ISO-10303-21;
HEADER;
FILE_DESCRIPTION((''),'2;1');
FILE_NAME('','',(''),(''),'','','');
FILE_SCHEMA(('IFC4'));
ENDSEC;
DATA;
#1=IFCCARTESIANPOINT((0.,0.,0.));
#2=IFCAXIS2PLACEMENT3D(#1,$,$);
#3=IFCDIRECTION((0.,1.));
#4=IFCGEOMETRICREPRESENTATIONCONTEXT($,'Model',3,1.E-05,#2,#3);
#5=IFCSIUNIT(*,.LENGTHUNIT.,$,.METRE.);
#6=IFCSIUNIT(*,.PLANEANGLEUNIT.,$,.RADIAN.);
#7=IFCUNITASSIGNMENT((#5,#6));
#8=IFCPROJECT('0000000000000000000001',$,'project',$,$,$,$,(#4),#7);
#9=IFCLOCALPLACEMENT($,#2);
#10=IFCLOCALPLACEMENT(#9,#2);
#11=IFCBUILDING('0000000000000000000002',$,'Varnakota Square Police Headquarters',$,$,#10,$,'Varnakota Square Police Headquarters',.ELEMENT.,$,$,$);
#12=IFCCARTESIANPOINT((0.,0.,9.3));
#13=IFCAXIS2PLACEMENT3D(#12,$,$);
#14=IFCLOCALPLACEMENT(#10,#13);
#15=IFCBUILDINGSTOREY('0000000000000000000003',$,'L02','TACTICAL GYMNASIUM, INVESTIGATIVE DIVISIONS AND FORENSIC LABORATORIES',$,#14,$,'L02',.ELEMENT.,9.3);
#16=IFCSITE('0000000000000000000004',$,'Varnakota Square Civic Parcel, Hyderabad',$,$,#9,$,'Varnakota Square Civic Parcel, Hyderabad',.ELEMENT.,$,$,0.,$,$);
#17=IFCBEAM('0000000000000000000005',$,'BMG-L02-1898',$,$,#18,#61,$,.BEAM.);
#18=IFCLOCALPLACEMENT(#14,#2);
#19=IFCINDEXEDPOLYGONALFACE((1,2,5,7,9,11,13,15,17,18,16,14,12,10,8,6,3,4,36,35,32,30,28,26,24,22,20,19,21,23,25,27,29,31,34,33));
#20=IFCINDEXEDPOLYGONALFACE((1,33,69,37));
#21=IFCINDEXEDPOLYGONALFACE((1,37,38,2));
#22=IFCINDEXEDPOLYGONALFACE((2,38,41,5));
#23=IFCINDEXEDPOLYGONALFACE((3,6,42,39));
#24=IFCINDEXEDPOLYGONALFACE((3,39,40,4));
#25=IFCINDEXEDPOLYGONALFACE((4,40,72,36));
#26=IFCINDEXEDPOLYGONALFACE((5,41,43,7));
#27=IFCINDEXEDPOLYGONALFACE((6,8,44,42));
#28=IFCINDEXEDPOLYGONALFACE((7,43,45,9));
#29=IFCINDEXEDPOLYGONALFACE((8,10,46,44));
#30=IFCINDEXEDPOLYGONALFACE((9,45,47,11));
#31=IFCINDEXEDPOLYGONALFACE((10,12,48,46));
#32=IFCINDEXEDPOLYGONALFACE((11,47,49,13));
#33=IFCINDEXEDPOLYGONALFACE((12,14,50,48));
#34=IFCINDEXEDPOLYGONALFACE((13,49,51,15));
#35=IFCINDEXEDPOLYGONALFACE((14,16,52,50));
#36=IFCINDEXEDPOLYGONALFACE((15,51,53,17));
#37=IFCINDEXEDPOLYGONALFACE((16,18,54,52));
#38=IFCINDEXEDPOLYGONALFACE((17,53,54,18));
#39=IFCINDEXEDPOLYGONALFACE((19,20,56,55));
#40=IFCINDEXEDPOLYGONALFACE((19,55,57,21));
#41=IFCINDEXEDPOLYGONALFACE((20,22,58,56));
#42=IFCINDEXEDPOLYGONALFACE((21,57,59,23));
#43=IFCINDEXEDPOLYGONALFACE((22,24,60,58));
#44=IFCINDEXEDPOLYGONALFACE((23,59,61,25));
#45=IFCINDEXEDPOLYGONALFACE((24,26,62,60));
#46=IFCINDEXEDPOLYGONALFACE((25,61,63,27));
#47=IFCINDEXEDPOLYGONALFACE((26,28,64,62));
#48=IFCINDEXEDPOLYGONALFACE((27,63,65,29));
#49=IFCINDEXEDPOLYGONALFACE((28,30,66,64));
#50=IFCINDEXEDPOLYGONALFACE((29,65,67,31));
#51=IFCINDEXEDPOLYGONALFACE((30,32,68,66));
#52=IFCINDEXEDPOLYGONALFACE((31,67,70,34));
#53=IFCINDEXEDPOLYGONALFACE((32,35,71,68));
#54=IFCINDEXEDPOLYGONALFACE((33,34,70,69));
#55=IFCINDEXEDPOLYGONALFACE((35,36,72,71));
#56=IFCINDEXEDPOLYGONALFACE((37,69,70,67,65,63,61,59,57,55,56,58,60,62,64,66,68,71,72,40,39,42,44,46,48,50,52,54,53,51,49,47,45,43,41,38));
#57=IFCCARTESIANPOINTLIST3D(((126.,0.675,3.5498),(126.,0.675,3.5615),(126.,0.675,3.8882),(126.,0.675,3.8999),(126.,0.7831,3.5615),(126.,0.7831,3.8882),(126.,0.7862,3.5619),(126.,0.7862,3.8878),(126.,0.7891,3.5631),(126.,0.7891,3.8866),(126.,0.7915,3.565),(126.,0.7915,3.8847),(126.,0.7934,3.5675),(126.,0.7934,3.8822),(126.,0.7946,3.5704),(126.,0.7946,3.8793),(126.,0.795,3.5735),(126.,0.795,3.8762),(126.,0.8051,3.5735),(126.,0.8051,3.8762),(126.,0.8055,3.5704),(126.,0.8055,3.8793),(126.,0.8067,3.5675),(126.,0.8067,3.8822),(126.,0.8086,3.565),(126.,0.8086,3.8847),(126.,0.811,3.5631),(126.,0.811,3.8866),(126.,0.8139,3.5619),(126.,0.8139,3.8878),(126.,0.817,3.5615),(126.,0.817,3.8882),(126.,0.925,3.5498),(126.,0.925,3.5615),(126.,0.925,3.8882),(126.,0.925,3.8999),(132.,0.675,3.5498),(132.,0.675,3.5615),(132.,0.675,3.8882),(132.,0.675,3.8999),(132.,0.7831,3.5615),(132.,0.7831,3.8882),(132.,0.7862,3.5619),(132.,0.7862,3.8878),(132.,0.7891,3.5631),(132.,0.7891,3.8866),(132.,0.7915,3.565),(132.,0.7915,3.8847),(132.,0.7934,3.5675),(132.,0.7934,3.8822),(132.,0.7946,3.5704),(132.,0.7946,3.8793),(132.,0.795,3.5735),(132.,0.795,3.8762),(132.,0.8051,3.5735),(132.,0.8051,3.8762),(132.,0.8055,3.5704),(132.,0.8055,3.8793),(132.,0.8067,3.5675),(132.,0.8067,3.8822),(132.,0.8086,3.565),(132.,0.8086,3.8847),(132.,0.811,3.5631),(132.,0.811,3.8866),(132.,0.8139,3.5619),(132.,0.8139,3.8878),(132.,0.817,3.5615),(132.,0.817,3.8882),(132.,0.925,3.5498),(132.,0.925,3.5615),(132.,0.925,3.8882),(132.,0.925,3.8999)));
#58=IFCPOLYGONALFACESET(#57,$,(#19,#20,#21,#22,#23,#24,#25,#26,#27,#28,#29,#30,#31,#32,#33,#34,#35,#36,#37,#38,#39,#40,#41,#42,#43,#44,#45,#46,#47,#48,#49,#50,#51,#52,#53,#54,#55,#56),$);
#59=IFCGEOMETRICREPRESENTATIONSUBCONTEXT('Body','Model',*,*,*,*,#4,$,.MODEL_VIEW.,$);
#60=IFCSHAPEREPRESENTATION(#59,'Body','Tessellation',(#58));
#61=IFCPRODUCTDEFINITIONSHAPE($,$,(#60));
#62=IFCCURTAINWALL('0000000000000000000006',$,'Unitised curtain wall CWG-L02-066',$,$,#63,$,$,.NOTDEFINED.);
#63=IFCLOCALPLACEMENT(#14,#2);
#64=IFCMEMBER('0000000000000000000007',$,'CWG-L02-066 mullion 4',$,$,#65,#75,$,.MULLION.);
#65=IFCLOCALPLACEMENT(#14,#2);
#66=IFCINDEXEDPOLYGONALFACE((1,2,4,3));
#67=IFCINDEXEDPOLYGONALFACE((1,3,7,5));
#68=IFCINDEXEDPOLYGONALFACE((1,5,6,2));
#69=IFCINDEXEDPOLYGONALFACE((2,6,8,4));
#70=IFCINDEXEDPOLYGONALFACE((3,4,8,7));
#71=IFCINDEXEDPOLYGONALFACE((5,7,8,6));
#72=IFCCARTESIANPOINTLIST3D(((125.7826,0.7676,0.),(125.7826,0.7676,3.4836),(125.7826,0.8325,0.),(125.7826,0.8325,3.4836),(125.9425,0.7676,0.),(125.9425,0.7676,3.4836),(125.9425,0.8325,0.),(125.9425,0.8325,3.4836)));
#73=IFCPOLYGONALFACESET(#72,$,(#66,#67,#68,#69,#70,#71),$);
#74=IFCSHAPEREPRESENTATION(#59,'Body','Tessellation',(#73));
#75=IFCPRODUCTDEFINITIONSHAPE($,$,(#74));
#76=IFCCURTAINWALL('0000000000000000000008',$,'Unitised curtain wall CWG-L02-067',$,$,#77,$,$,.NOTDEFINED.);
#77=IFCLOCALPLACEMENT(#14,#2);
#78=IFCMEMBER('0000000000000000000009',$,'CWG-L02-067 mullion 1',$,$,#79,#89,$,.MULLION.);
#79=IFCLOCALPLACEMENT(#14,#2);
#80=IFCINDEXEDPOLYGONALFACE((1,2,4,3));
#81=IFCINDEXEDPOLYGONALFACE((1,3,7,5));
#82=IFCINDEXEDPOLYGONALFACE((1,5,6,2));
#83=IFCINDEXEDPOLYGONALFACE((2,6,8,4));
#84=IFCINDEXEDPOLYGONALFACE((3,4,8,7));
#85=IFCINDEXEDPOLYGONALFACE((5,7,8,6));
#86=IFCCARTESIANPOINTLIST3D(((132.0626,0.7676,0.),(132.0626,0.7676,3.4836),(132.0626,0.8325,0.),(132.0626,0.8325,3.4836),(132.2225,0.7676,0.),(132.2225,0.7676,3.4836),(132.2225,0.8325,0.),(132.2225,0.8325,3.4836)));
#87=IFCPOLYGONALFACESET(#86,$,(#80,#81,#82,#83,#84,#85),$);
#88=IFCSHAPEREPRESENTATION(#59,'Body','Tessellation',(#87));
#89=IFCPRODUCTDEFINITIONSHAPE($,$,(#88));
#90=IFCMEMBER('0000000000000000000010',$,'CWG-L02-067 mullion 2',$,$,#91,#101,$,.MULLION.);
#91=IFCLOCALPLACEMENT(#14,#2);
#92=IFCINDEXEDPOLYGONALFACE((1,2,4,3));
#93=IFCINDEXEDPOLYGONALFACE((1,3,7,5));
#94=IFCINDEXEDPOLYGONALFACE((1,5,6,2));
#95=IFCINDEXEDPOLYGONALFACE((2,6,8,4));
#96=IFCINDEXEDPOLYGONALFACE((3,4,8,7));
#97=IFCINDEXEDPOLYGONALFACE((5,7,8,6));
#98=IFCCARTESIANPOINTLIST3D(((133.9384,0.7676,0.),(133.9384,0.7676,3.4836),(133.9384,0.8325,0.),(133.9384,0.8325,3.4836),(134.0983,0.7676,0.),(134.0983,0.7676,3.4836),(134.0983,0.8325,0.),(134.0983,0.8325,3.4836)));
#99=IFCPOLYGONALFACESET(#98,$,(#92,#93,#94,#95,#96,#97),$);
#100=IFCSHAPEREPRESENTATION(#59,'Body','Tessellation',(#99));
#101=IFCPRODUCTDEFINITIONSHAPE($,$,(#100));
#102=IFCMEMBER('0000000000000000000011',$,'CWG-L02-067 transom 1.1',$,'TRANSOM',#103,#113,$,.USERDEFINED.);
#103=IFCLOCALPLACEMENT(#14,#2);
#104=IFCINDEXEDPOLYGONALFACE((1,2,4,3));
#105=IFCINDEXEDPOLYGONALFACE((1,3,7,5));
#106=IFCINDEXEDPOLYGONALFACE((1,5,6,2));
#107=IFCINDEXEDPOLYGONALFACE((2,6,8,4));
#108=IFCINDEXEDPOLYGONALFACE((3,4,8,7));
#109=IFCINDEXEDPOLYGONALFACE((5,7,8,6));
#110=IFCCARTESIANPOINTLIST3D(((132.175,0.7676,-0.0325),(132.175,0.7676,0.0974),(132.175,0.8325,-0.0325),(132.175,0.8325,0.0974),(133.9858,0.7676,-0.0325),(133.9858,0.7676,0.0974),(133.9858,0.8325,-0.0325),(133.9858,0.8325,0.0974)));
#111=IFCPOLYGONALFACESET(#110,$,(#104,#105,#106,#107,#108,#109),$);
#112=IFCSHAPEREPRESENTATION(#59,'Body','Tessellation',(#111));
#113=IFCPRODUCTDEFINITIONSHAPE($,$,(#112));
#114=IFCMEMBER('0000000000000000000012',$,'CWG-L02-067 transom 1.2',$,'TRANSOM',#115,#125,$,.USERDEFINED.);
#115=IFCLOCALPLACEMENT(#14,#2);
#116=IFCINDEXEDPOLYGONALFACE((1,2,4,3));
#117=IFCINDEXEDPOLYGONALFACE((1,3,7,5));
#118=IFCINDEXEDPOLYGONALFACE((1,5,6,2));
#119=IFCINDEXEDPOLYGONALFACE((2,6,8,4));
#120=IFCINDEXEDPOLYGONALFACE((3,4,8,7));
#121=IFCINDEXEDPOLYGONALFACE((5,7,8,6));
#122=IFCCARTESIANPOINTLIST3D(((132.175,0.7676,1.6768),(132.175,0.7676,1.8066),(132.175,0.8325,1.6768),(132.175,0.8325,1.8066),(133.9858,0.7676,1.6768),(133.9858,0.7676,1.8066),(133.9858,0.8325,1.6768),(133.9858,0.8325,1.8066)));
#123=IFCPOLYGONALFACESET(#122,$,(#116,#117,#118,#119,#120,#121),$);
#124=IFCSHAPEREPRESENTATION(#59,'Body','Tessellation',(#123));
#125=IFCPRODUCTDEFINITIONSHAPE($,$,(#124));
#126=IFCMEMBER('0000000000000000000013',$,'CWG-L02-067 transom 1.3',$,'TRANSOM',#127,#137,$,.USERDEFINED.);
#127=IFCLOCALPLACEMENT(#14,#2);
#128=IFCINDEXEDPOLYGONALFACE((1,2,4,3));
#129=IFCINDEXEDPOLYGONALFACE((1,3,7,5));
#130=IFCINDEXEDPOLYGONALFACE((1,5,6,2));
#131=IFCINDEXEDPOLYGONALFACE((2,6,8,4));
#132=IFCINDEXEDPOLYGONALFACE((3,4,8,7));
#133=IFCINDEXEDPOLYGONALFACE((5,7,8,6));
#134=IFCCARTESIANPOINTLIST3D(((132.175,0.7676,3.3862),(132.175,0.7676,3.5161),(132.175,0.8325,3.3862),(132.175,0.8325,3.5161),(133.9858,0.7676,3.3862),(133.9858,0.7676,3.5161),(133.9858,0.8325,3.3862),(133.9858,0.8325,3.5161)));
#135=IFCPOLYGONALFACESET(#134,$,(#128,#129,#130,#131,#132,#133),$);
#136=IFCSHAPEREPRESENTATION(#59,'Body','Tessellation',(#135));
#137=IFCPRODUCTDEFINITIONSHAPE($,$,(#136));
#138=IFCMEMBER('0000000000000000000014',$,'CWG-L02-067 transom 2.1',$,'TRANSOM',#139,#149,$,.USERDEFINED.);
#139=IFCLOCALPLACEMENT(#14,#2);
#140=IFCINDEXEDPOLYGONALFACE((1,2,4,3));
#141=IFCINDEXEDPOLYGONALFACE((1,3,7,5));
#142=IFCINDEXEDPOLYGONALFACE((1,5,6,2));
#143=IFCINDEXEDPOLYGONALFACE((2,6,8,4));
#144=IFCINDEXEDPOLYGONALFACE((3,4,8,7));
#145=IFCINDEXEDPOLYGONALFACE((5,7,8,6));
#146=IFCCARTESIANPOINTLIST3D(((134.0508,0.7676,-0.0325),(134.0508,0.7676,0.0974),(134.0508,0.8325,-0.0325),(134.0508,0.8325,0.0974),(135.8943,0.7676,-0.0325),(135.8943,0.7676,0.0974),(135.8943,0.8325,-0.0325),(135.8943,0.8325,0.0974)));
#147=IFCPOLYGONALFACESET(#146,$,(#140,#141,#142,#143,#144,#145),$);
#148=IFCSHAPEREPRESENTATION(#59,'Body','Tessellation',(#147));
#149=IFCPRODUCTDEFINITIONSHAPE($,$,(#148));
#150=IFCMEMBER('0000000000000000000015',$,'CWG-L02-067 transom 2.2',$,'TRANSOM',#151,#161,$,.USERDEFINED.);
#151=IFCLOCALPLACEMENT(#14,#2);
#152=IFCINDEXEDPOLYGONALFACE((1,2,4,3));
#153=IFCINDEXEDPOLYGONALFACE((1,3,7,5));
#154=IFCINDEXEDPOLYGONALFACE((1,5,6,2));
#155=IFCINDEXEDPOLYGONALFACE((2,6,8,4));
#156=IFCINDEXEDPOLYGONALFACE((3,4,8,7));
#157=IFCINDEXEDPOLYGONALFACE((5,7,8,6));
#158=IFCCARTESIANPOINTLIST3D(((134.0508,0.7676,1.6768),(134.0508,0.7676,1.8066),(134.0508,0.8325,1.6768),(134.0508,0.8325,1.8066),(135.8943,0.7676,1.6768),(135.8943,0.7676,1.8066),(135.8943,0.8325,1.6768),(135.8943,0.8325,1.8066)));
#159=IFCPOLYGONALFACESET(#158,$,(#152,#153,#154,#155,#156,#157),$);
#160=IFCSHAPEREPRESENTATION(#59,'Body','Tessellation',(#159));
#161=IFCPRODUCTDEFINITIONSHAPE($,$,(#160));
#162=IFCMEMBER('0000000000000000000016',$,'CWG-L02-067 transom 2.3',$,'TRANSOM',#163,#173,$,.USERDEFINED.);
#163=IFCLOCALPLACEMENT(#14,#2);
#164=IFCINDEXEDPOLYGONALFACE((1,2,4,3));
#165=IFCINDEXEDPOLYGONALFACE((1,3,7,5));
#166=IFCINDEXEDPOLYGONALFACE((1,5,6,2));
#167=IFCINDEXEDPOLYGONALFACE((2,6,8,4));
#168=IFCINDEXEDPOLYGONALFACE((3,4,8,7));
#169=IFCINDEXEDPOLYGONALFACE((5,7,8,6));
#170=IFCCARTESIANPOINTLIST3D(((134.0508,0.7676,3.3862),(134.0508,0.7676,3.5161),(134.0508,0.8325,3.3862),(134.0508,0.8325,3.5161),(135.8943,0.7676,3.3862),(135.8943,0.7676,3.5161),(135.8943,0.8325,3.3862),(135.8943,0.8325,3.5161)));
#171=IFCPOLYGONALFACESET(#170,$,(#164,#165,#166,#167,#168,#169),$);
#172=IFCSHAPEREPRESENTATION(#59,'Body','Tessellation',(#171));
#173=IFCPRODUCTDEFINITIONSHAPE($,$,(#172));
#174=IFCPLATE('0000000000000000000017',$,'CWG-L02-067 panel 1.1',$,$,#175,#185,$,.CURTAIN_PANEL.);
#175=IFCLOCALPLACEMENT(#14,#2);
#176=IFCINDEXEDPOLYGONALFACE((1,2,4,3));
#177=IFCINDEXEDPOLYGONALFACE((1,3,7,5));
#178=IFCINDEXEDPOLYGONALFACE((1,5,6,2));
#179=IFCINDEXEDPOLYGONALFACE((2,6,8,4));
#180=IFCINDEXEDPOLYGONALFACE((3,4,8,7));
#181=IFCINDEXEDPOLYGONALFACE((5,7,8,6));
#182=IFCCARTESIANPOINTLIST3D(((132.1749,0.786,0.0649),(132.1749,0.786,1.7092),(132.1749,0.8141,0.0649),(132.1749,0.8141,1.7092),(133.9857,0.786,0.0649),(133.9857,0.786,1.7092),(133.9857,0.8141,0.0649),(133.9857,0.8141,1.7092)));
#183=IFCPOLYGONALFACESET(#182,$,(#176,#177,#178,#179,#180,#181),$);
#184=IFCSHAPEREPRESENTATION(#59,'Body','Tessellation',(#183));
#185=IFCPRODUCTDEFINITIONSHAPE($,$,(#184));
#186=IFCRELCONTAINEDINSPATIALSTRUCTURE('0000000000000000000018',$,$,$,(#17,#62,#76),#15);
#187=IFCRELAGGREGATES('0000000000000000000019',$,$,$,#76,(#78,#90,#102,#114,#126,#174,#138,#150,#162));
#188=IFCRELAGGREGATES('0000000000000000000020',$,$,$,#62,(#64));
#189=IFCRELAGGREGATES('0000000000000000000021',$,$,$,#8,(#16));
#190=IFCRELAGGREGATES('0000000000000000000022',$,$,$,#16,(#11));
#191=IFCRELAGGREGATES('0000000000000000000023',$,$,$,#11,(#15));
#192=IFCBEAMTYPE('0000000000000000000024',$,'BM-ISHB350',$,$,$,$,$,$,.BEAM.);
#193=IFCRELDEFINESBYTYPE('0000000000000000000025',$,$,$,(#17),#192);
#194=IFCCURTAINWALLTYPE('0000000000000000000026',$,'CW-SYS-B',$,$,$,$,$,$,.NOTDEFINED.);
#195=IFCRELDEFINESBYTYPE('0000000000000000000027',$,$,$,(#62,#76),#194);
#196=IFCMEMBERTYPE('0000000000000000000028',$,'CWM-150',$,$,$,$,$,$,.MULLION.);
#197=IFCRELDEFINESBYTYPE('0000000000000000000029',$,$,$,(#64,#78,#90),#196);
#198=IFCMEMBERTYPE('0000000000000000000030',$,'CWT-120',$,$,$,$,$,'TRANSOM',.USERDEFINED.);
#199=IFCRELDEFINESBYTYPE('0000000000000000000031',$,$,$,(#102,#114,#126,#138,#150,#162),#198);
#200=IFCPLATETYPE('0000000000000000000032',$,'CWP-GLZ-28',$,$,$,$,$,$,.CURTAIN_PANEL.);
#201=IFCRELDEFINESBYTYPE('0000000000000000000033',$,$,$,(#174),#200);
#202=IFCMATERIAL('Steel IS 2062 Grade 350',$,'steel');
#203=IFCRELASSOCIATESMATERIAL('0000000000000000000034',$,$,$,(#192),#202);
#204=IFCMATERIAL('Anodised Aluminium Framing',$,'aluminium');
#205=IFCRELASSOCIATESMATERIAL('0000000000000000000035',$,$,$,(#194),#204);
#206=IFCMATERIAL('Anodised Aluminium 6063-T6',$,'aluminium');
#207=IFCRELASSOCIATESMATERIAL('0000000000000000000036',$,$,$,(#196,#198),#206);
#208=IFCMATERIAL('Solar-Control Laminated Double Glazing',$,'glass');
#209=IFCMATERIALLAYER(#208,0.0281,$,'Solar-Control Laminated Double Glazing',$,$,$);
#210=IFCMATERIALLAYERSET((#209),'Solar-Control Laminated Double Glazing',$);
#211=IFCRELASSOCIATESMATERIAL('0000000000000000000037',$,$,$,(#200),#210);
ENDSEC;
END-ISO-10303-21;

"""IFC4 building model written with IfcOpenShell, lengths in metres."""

from ifc_helpers import new_model, si_unit, direction, frame, origin, origin_2d, place, context, subcontext, project, spatial, rectangle, i_section, extrude, material, layer, layer_set, material_profile, profile_set, type_object, element, aggregate, save


model = new_model("IFC4")

# Units and contexts
model_context = context("Model", 3, precision=1e-05, world=origin(), true_north=direction((0.0, 1.0)))
body_context = subcontext(model_context, "Body", "Model", "MODEL_VIEW")
ifc_project = project(units=[si_unit("LENGTHUNIT", "METRE"), si_unit("PLANEANGLEUNIT", "RADIAN")], contexts=[model_context])

# Site, building, storey
site_placement = place(None, origin())
site = spatial("IfcSite", under=ifc_project, at=site_placement, Name="Varnakota Square Civic Parcel, Hyderabad", LongName="Varnakota Square Civic Parcel, Hyderabad", CompositionType="ELEMENT", RefElevation=0.0)
building_placement = place(site_placement, origin())
building = spatial("IfcBuilding", under=site, at=building_placement, Name="Varnakota Square Police Headquarters", LongName="Varnakota Square Police Headquarters", CompositionType="ELEMENT")
storey_placement = place(building_placement, frame((0.0, 0.0, 9.3)))
storey = spatial("IfcBuildingStorey", under=building, at=storey_placement, Name="L02", Description="TACTICAL GYMNASIUM, INVESTIGATIVE DIVISIONS AND FORENSIC LABORATORIES", LongName="L02", CompositionType="ELEMENT", Elevation=9.3)

# Shared definitions
ifc_material_1 = material(Name="Steel IS 2062 Grade 350", Category="steel")

# Beam
ifc_material_profile_1 = material_profile(ifc_material_1, i_section(OverallWidth=0.25, OverallDepth=0.3501, WebThickness=0.01, FlangeThickness=0.0117, FilletRadius=0.012, at=origin_2d()), Name="ISHB 350")
ifc_profile_set_1 = profile_set([ifc_material_profile_1], Name="Steel IS 2062 Grade 350")
beam_type_1 = type_object("IfcBeamType", Name="BM-ISHB350", PredefinedType="BEAM", material=ifc_profile_set_1)
beam_1_placement = place(storey_placement, frame((126.0, 0.8, 3.7249), z_axis=(1.0, 0.0, 0.0), x_axis=(0.0, 1.0, 0.0)))
element("IfcBeam", 1, at=beam_1_placement, inside=storey, type_object=beam_type_1, Name="BMG-L02-1898", PredefinedType="BEAM", context=body_context, shape_type="SweptSolid", body=[
    extrude(i_section(OverallWidth=0.25, OverallDepth=0.3501, WebThickness=0.01, FlangeThickness=0.0117, FilletRadius=0.012, at=origin_2d()), origin(), (0.0, 0.0, 1.0), 6.0),
])

# Curtain wall, member
ifc_material_2 = material(Name="Anodised Aluminium Framing", Category="aluminium")
curtain_wall_type = type_object("IfcCurtainWallType", Name="CW-SYS-B", PredefinedType="NOTDEFINED", material=ifc_material_2)
curtain_wall_1_placement = place(storey_placement, origin())
curtain_wall_1 = element("IfcCurtainWall", 2, at=curtain_wall_1_placement, inside=storey, type_object=curtain_wall_type, Name="Unitised curtain wall CWG-L02-066", PredefinedType="NOTDEFINED")
ifc_material_3 = material(Name="Anodised Aluminium 6063-T6", Category="aluminium")
ifc_material_profile_2 = material_profile(ifc_material_3, rectangle(XDim=0.0649, YDim=0.1599, at=origin_2d()), Name="ALU MULLION 65x160")
ifc_profile_set_2 = profile_set([ifc_material_profile_2], Name="Anodised Aluminium 6063-T6")
member_type_1 = type_object("IfcMemberType", Name="CWM-150", PredefinedType="MULLION", material=ifc_profile_set_2)
member_1_placement = place(storey_placement, frame((125.8625, 0.8, 0.0), z_axis=(0.0, 0.0, 1.0), x_axis=(0.0, 1.0, 0.0)))
member_1 = element("IfcMember", 3, at=member_1_placement, type_object=member_type_1, Name="CWG-L02-066 mullion 4", PredefinedType="MULLION", context=body_context, shape_type="SweptSolid", body=[
    extrude(rectangle(XDim=0.0649, YDim=0.1599, at=origin_2d()), origin(), (0.0, 0.0, 1.0), 3.4836),
])

# Curtain wall, members, plate
curtain_wall_2_placement = place(storey_placement, origin())
curtain_wall_2 = element("IfcCurtainWall", 4, at=curtain_wall_2_placement, inside=storey, type_object=curtain_wall_type, Name="Unitised curtain wall CWG-L02-067", PredefinedType="NOTDEFINED")
member_2_placement = place(storey_placement, frame((132.1426, 0.8, 0.0), z_axis=(0.0, 0.0, 1.0), x_axis=(0.0, 1.0, 0.0)))
member_2 = element("IfcMember", 5, at=member_2_placement, type_object=member_type_1, Name="CWG-L02-067 mullion 1", PredefinedType="MULLION", context=body_context, shape_type="SweptSolid", body=[
    extrude(rectangle(XDim=0.0649, YDim=0.1599, at=origin_2d()), origin(), (0.0, 0.0, 1.0), 3.4836),
])
member_3_placement = place(storey_placement, frame((134.0183, 0.8, 0.0), z_axis=(0.0, 0.0, 1.0), x_axis=(0.0, 1.0, 0.0)))
member_3 = element("IfcMember", 6, at=member_3_placement, type_object=member_type_1, Name="CWG-L02-067 mullion 2", PredefinedType="MULLION", context=body_context, shape_type="SweptSolid", body=[
    extrude(rectangle(XDim=0.0649, YDim=0.1599, at=origin_2d()), origin(), (0.0, 0.0, 1.0), 3.4836),
])
ifc_material_profile_3 = material_profile(ifc_material_3, rectangle(XDim=0.0649, YDim=0.1299, at=origin_2d()), Name="ALU TRANSOM 65x130")
ifc_profile_set_3 = profile_set([ifc_material_profile_3], Name="Anodised Aluminium 6063-T6")
member_type_2 = type_object("IfcMemberType", Name="CWT-120", ElementType="TRANSOM", PredefinedType="USERDEFINED", material=ifc_profile_set_3)
member_4_placement = place(storey_placement, frame((132.175, 0.8, 0.0325), z_axis=(1.0, 0.0, 0.0), x_axis=(0.0, 1.0, 0.0)))
member_4 = element("IfcMember", 7, at=member_4_placement, type_object=member_type_2, Name="CWG-L02-067 transom 1.1", ObjectType="TRANSOM", PredefinedType="USERDEFINED", context=body_context, shape_type="SweptSolid", body=[
    extrude(rectangle(XDim=0.0649, YDim=0.1299, at=origin_2d()), origin(), (0.0, 0.0, 1.0), 1.8108),
])
member_5_placement = place(storey_placement, frame((132.175, 0.8, 1.7417), z_axis=(1.0, 0.0, 0.0), x_axis=(0.0, 1.0, 0.0)))
member_5 = element("IfcMember", 8, at=member_5_placement, type_object=member_type_2, Name="CWG-L02-067 transom 1.2", ObjectType="TRANSOM", PredefinedType="USERDEFINED", context=body_context, shape_type="SweptSolid", body=[
    extrude(rectangle(XDim=0.0649, YDim=0.1299, at=origin_2d()), origin(), (0.0, 0.0, 1.0), 1.8108),
])
member_6_placement = place(storey_placement, frame((132.175, 0.8, 3.4512), z_axis=(1.0, 0.0, 0.0), x_axis=(0.0, 1.0, 0.0)))
member_6 = element("IfcMember", 9, at=member_6_placement, type_object=member_type_2, Name="CWG-L02-067 transom 1.3", ObjectType="TRANSOM", PredefinedType="USERDEFINED", context=body_context, shape_type="SweptSolid", body=[
    extrude(rectangle(XDim=0.0649, YDim=0.1299, at=origin_2d()), origin(), (0.0, 0.0, 1.0), 1.8108),
])
member_7_placement = place(storey_placement, frame((134.0508, 0.8, 0.0325), z_axis=(1.0, 0.0, 0.0), x_axis=(0.0, 1.0, 0.0)))
member_7 = element("IfcMember", 10, at=member_7_placement, type_object=member_type_2, Name="CWG-L02-067 transom 2.1", ObjectType="TRANSOM", PredefinedType="USERDEFINED", context=body_context, shape_type="SweptSolid", body=[
    extrude(rectangle(XDim=0.0649, YDim=0.1299, at=origin_2d()), origin(), (0.0, 0.0, 1.0), 1.8435),
])
member_8_placement = place(storey_placement, frame((134.0508, 0.8, 1.7417), z_axis=(1.0, 0.0, 0.0), x_axis=(0.0, 1.0, 0.0)))
member_8 = element("IfcMember", 11, at=member_8_placement, type_object=member_type_2, Name="CWG-L02-067 transom 2.2", ObjectType="TRANSOM", PredefinedType="USERDEFINED", context=body_context, shape_type="SweptSolid", body=[
    extrude(rectangle(XDim=0.0649, YDim=0.1299, at=origin_2d()), origin(), (0.0, 0.0, 1.0), 1.8435),
])
member_9_placement = place(storey_placement, frame((134.0508, 0.8, 3.4512), z_axis=(1.0, 0.0, 0.0), x_axis=(0.0, 1.0, 0.0)))
member_9 = element("IfcMember", 12, at=member_9_placement, type_object=member_type_2, Name="CWG-L02-067 transom 2.3", ObjectType="TRANSOM", PredefinedType="USERDEFINED", context=body_context, shape_type="SweptSolid", body=[
    extrude(rectangle(XDim=0.0649, YDim=0.1299, at=origin_2d()), origin(), (0.0, 0.0, 1.0), 1.8435),
])
ifc_material_4 = material(Name="Solar-Control Laminated Double Glazing", Category="glass")
ifc_layer_1 = layer(ifc_material_4, 0.0281, Name="Solar-Control Laminated Double Glazing")
ifc_layer_set_1 = layer_set([ifc_layer_1], Name="Solar-Control Laminated Double Glazing")
plate_type_1 = type_object("IfcPlateType", Name="CWP-GLZ-28", PredefinedType="CURTAIN_PANEL", material=ifc_layer_set_1)
plate_1_placement = place(storey_placement, frame((133.0803, 0.8, 0.0649), z_axis=(0.0, 0.0, 1.0), x_axis=(1.0, 0.0, 0.0)))
plate_1 = element("IfcPlate", 13, at=plate_1_placement, type_object=plate_type_1, Name="CWG-L02-067 panel 1.1", PredefinedType="CURTAIN_PANEL", context=body_context, shape_type="SweptSolid", body=[
    extrude(rectangle(XDim=1.8108, YDim=0.0281, at=origin_2d()), origin(), (0.0, 0.0, 1.0), 1.6443),
])

aggregate(curtain_wall_2, [member_2, member_3, member_4, member_5, member_6, plate_1, member_7, member_8, member_9])
aggregate(curtain_wall_1, [member_1])

save(model, "model.ifc")
